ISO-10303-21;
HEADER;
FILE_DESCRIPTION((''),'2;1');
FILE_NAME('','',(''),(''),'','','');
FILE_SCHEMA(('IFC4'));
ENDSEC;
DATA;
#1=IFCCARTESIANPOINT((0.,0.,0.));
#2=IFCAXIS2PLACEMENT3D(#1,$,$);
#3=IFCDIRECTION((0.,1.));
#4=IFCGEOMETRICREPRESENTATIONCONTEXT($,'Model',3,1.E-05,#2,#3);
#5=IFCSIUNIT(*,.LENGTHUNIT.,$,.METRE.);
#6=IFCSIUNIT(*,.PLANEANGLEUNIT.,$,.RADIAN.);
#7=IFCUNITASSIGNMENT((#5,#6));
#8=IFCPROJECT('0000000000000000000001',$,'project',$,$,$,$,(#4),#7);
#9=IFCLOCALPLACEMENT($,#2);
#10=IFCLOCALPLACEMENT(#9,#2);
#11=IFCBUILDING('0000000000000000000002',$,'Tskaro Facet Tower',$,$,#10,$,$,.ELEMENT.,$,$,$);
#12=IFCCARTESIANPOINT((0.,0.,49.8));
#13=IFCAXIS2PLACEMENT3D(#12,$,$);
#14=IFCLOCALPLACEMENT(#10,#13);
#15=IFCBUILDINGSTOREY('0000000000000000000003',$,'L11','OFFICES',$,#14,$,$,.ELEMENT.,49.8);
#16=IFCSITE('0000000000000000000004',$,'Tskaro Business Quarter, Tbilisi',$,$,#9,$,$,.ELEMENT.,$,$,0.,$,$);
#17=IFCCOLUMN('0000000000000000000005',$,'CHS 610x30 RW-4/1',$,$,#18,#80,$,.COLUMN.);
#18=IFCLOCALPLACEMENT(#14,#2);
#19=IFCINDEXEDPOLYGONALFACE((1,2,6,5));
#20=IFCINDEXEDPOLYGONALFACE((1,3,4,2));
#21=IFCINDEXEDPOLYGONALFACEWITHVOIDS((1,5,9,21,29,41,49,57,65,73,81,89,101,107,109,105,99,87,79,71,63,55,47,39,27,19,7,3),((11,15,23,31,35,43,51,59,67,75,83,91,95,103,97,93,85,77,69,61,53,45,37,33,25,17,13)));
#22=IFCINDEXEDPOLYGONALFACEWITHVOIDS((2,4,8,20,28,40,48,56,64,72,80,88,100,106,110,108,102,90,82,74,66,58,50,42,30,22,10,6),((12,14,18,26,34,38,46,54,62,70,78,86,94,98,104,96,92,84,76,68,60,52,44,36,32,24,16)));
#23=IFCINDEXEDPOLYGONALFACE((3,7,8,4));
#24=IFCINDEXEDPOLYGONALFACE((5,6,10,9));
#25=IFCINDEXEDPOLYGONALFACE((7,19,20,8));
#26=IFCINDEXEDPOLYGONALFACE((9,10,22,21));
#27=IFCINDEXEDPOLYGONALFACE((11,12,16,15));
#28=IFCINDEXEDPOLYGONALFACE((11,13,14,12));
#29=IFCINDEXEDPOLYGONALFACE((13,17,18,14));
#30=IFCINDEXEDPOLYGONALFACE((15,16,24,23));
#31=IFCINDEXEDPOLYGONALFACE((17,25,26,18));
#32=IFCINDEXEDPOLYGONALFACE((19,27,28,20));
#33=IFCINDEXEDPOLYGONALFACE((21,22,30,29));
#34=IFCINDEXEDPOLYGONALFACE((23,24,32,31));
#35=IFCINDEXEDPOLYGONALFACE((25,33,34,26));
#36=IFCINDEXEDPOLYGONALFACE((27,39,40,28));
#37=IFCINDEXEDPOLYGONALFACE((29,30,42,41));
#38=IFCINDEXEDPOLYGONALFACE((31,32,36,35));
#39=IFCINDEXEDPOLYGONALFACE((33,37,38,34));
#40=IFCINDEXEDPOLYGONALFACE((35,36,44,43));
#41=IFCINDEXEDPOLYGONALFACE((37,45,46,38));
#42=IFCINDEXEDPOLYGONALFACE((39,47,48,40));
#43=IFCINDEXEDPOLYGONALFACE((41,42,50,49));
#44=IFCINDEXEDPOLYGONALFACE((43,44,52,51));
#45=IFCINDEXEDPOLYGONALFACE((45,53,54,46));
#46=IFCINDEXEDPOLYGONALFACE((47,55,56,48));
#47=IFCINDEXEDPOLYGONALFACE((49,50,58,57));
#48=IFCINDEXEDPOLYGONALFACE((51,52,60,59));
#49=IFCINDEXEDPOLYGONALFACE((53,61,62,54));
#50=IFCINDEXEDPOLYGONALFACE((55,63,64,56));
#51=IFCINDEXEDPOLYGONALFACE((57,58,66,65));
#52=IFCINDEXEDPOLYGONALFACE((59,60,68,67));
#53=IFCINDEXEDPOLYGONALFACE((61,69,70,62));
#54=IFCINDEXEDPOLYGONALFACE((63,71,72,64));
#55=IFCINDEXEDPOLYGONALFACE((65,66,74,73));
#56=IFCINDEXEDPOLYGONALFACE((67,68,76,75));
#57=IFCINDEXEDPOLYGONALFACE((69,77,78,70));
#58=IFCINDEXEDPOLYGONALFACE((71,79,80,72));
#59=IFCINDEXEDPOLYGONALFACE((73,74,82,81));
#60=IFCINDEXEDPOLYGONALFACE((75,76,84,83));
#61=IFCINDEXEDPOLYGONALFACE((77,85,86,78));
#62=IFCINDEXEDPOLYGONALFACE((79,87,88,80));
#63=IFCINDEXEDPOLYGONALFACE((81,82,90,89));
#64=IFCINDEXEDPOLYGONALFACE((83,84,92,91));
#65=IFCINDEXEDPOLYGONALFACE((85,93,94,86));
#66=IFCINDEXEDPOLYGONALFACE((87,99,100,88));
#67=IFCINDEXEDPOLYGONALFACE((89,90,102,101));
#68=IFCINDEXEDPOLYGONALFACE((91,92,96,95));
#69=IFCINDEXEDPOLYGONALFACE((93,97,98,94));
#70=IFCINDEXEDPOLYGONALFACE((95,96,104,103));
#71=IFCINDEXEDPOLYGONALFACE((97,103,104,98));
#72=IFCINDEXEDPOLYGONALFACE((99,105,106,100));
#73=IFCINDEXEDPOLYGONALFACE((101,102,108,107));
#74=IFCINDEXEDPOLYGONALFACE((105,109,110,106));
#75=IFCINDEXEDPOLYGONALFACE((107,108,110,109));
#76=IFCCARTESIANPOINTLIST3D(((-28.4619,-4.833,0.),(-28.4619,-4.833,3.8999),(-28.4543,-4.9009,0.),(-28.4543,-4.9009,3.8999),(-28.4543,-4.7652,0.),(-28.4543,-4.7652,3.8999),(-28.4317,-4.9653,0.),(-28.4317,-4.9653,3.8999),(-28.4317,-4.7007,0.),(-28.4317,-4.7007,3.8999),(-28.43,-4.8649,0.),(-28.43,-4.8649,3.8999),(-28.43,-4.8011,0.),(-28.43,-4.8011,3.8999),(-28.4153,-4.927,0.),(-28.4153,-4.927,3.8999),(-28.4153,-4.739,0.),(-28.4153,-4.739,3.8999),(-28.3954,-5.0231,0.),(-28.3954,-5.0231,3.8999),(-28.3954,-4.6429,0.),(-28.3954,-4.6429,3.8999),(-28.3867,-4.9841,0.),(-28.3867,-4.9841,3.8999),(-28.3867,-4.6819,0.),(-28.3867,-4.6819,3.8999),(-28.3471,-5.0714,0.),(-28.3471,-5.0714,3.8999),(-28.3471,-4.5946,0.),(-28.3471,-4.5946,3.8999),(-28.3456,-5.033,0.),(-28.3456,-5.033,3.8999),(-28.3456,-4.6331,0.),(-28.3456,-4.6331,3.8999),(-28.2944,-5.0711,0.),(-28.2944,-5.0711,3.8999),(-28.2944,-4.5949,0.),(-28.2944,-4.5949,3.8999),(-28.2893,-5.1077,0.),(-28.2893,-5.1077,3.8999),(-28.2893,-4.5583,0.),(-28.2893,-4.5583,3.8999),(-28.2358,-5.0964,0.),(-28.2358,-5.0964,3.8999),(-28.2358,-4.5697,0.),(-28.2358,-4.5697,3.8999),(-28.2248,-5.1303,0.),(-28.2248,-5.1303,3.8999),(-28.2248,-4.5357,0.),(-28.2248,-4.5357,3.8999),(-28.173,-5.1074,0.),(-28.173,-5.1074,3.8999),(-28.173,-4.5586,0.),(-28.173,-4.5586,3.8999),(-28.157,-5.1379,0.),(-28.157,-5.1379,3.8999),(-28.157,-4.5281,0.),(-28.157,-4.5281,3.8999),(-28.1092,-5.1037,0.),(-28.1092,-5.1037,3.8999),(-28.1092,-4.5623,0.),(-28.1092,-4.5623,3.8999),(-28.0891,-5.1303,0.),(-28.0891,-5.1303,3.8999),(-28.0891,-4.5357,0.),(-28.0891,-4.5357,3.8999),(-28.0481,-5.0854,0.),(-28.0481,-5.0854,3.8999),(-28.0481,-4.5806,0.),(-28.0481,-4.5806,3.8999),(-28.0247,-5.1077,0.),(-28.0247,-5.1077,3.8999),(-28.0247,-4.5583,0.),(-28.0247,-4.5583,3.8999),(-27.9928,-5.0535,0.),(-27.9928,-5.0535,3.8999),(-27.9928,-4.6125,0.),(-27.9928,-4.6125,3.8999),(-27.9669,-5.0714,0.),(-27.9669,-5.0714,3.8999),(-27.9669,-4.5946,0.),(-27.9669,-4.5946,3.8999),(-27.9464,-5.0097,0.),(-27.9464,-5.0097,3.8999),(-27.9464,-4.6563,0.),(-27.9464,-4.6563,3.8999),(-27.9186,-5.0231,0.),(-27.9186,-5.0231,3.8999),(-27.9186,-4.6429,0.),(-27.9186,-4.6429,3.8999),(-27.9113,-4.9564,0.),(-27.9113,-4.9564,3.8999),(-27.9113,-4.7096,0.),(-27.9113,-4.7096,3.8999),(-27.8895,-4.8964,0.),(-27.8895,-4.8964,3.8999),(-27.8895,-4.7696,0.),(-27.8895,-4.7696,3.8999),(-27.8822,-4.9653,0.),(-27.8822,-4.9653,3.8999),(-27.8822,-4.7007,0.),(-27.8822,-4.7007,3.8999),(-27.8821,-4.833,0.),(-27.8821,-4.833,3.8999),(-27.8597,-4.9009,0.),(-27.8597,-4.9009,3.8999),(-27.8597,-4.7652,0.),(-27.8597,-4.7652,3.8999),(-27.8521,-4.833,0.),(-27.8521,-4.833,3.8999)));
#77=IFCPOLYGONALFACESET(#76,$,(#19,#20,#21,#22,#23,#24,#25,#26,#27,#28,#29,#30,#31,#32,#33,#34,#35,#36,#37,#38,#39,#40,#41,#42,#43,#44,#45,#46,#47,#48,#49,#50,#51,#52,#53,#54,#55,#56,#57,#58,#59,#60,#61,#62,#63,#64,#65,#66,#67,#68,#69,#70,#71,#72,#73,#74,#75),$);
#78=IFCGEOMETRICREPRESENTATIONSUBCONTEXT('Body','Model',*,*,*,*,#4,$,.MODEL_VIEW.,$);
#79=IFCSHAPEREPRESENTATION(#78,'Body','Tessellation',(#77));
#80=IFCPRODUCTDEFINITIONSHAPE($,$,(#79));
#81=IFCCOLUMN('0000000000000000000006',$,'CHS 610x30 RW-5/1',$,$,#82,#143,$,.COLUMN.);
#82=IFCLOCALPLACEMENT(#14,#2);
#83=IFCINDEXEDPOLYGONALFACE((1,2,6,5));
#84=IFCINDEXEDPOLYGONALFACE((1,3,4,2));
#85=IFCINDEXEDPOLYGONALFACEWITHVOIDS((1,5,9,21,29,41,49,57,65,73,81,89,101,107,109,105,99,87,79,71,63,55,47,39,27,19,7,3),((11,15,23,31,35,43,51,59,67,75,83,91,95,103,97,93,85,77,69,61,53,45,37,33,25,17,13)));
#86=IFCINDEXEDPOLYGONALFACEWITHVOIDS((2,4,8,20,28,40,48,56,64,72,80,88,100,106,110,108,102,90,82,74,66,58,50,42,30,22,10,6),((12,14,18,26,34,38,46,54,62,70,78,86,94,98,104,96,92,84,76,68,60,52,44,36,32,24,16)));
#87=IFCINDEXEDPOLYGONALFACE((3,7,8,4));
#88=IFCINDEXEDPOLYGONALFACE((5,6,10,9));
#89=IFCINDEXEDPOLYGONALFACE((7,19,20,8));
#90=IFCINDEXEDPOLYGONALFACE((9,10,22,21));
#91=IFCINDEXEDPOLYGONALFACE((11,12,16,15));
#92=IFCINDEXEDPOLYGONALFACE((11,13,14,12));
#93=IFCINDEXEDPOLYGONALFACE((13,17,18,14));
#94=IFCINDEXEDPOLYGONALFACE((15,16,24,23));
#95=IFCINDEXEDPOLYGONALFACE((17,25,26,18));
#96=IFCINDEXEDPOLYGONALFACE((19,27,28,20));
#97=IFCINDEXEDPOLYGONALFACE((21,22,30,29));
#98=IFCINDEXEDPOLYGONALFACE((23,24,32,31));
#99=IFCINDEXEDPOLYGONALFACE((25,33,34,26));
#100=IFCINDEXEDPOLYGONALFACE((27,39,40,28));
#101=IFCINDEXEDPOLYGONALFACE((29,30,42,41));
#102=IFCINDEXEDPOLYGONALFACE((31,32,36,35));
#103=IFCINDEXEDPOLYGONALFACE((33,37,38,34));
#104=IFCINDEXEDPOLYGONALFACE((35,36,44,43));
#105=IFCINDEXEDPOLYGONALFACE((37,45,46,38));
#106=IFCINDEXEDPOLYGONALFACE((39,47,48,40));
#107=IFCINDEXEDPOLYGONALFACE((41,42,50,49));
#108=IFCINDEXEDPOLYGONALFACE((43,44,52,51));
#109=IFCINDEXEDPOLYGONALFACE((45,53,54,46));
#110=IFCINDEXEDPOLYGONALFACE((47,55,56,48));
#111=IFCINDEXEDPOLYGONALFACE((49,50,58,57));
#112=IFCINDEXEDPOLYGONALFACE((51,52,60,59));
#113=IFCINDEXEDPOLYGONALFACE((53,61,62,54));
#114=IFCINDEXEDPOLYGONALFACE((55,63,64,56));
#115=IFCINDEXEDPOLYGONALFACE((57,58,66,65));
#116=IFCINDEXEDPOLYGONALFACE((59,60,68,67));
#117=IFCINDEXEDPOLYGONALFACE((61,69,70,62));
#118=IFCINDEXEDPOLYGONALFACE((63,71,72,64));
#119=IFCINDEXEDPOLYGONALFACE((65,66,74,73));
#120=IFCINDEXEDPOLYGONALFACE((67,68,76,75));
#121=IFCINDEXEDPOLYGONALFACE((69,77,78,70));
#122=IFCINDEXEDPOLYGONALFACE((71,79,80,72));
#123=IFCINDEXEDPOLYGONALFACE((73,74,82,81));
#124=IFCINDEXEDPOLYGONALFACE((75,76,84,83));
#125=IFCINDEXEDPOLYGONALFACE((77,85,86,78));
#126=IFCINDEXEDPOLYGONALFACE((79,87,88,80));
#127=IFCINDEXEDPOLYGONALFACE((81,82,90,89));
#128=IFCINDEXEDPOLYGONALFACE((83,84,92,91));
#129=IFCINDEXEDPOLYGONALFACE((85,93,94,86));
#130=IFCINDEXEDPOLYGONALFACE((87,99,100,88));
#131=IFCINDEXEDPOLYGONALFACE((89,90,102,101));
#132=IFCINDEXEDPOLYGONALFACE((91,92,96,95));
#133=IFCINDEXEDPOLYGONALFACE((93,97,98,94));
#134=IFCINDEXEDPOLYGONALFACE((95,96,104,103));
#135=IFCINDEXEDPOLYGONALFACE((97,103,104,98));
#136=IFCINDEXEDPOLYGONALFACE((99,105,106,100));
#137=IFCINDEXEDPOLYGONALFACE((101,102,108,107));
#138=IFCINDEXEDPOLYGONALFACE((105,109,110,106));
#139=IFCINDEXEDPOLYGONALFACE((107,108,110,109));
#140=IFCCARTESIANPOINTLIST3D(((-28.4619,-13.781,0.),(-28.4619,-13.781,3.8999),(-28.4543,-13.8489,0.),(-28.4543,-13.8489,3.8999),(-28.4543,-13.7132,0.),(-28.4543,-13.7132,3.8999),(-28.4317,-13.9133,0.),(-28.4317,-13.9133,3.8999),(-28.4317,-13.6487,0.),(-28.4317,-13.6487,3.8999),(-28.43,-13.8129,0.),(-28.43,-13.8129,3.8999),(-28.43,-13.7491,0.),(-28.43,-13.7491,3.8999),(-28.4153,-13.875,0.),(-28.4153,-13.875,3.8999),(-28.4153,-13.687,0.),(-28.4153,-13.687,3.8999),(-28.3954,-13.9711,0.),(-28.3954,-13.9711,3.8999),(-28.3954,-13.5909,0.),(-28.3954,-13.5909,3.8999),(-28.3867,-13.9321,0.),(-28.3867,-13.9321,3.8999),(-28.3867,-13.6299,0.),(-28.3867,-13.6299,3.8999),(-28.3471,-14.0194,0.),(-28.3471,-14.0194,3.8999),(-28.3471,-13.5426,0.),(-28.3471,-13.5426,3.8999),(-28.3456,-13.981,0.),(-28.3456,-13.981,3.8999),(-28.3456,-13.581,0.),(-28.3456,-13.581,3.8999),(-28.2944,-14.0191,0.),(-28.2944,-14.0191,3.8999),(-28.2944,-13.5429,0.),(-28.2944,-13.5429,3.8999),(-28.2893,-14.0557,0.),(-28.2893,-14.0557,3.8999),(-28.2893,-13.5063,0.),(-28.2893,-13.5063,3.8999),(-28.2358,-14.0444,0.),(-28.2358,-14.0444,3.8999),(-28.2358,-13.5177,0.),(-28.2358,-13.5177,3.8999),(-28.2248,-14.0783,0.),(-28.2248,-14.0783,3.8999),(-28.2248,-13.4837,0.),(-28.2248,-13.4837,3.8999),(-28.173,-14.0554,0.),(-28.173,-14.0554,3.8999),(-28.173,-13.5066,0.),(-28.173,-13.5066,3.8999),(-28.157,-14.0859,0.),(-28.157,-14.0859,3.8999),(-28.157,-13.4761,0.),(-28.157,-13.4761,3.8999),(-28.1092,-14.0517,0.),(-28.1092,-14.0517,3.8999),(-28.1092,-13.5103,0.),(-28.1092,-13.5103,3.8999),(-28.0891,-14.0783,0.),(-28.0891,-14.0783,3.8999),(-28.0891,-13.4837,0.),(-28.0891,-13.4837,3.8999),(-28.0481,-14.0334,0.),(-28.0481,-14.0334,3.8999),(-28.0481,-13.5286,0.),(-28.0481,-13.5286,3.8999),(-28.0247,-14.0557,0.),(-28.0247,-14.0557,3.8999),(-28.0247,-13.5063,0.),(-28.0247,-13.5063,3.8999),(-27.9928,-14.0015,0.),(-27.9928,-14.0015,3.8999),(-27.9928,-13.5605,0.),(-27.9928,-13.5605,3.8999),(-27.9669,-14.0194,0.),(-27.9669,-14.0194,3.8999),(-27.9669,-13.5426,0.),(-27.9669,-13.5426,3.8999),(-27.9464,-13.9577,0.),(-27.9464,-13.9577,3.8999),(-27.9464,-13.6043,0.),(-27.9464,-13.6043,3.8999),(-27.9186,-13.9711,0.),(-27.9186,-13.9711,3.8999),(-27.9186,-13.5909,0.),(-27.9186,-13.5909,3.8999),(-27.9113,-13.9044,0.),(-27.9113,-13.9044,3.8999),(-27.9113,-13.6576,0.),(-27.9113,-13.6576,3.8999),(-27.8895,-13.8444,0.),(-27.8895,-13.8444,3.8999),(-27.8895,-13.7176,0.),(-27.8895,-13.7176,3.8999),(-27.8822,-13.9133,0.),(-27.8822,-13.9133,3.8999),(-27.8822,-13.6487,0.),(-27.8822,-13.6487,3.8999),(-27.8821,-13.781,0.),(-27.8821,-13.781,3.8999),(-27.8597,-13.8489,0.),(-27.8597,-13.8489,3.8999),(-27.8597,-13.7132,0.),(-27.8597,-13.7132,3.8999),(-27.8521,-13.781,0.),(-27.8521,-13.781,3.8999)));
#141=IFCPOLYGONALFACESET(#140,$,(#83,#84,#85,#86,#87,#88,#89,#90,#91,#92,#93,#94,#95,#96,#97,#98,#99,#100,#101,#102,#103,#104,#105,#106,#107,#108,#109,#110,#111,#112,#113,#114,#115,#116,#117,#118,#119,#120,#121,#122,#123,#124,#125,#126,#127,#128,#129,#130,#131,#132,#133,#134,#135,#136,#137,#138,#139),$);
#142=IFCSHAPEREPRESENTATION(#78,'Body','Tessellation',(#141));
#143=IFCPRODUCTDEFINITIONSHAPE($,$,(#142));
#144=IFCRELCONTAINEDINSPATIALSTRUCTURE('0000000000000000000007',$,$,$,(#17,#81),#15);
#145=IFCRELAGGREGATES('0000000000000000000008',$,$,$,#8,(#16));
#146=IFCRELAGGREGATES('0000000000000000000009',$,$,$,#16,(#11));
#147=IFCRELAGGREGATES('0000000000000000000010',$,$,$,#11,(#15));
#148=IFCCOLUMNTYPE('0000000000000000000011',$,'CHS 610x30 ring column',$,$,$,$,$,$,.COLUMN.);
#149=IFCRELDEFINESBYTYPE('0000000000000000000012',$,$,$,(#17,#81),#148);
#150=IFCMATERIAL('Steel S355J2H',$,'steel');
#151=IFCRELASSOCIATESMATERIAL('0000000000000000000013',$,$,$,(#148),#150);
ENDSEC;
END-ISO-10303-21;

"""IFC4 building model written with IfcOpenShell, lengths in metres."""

from ifc_helpers import new_model, si_unit, direction, frame, origin, origin_2d, place, context, subcontext, project, spatial, hollow_circle, extrude, material, material_profile, profile_set, type_object, element, save


model = new_model("IFC4")

# Units and contexts
model_context = context("Model", 3, precision=1e-05, world=origin(), true_north=direction((0.0, 1.0)))
body_context = subcontext(model_context, "Body", "Model", "MODEL_VIEW")
ifc_project = project(units=[si_unit("LENGTHUNIT", "METRE"), si_unit("PLANEANGLEUNIT", "RADIAN")], contexts=[model_context])

# Site, building, storey
site_placement = place(None, origin())
site = spatial("IfcSite", under=ifc_project, at=site_placement, Name="Tskaro Business Quarter, Tbilisi", CompositionType="ELEMENT", RefElevation=0.0)
building_placement = place(site_placement, origin())
building = spatial("IfcBuilding", under=site, at=building_placement, Name="Tskaro Facet Tower", CompositionType="ELEMENT")
storey_placement = place(building_placement, frame((0.0, 0.0, 49.8)))
storey = spatial("IfcBuildingStorey", under=building, at=storey_placement, Name="L11", Description="OFFICES", CompositionType="ELEMENT", Elevation=49.8)

# Columns
ifc_material_1 = material(Name="Steel S355J2H", Category="steel")
ifc_material_profile_1 = material_profile(ifc_material_1, hollow_circle(Radius=0.3049, WallThickness=0.03, at=origin_2d()), Name="CHS 610x30")
ifc_profile_set_1 = profile_set([ifc_material_profile_1], Name="Steel S355J2H")
column_type_1 = type_object("IfcColumnType", Name="CHS 610x30 ring column", PredefinedType="COLUMN", material=ifc_profile_set_1)
for number, where, z_axis, x_axis, name in (
    (1, (-28.157, -4.833, 0.0), (0.0, 0.0, 1.0), (1.0, 0.0, 0.0), "CHS 610x30 RW-4/1"),
    (2, (-28.157, -13.781, 0.0), (0.0, 0.0, 1.0), (1.0, 0.0, 0.0), "CHS 610x30 RW-5/1"),
):
    element("IfcColumn", number, at=place(storey_placement, frame(where, z_axis=z_axis, x_axis=x_axis)), inside=storey, type_object=column_type_1, Name=name, PredefinedType="COLUMN", context=body_context, shape_type="SweptSolid", body=[
        extrude(hollow_circle(Radius=0.3049, WallThickness=0.03, at=origin_2d()), origin(), (0.0, 0.0, 1.0), 3.8999),
    ])

save(model, "model.ifc")
